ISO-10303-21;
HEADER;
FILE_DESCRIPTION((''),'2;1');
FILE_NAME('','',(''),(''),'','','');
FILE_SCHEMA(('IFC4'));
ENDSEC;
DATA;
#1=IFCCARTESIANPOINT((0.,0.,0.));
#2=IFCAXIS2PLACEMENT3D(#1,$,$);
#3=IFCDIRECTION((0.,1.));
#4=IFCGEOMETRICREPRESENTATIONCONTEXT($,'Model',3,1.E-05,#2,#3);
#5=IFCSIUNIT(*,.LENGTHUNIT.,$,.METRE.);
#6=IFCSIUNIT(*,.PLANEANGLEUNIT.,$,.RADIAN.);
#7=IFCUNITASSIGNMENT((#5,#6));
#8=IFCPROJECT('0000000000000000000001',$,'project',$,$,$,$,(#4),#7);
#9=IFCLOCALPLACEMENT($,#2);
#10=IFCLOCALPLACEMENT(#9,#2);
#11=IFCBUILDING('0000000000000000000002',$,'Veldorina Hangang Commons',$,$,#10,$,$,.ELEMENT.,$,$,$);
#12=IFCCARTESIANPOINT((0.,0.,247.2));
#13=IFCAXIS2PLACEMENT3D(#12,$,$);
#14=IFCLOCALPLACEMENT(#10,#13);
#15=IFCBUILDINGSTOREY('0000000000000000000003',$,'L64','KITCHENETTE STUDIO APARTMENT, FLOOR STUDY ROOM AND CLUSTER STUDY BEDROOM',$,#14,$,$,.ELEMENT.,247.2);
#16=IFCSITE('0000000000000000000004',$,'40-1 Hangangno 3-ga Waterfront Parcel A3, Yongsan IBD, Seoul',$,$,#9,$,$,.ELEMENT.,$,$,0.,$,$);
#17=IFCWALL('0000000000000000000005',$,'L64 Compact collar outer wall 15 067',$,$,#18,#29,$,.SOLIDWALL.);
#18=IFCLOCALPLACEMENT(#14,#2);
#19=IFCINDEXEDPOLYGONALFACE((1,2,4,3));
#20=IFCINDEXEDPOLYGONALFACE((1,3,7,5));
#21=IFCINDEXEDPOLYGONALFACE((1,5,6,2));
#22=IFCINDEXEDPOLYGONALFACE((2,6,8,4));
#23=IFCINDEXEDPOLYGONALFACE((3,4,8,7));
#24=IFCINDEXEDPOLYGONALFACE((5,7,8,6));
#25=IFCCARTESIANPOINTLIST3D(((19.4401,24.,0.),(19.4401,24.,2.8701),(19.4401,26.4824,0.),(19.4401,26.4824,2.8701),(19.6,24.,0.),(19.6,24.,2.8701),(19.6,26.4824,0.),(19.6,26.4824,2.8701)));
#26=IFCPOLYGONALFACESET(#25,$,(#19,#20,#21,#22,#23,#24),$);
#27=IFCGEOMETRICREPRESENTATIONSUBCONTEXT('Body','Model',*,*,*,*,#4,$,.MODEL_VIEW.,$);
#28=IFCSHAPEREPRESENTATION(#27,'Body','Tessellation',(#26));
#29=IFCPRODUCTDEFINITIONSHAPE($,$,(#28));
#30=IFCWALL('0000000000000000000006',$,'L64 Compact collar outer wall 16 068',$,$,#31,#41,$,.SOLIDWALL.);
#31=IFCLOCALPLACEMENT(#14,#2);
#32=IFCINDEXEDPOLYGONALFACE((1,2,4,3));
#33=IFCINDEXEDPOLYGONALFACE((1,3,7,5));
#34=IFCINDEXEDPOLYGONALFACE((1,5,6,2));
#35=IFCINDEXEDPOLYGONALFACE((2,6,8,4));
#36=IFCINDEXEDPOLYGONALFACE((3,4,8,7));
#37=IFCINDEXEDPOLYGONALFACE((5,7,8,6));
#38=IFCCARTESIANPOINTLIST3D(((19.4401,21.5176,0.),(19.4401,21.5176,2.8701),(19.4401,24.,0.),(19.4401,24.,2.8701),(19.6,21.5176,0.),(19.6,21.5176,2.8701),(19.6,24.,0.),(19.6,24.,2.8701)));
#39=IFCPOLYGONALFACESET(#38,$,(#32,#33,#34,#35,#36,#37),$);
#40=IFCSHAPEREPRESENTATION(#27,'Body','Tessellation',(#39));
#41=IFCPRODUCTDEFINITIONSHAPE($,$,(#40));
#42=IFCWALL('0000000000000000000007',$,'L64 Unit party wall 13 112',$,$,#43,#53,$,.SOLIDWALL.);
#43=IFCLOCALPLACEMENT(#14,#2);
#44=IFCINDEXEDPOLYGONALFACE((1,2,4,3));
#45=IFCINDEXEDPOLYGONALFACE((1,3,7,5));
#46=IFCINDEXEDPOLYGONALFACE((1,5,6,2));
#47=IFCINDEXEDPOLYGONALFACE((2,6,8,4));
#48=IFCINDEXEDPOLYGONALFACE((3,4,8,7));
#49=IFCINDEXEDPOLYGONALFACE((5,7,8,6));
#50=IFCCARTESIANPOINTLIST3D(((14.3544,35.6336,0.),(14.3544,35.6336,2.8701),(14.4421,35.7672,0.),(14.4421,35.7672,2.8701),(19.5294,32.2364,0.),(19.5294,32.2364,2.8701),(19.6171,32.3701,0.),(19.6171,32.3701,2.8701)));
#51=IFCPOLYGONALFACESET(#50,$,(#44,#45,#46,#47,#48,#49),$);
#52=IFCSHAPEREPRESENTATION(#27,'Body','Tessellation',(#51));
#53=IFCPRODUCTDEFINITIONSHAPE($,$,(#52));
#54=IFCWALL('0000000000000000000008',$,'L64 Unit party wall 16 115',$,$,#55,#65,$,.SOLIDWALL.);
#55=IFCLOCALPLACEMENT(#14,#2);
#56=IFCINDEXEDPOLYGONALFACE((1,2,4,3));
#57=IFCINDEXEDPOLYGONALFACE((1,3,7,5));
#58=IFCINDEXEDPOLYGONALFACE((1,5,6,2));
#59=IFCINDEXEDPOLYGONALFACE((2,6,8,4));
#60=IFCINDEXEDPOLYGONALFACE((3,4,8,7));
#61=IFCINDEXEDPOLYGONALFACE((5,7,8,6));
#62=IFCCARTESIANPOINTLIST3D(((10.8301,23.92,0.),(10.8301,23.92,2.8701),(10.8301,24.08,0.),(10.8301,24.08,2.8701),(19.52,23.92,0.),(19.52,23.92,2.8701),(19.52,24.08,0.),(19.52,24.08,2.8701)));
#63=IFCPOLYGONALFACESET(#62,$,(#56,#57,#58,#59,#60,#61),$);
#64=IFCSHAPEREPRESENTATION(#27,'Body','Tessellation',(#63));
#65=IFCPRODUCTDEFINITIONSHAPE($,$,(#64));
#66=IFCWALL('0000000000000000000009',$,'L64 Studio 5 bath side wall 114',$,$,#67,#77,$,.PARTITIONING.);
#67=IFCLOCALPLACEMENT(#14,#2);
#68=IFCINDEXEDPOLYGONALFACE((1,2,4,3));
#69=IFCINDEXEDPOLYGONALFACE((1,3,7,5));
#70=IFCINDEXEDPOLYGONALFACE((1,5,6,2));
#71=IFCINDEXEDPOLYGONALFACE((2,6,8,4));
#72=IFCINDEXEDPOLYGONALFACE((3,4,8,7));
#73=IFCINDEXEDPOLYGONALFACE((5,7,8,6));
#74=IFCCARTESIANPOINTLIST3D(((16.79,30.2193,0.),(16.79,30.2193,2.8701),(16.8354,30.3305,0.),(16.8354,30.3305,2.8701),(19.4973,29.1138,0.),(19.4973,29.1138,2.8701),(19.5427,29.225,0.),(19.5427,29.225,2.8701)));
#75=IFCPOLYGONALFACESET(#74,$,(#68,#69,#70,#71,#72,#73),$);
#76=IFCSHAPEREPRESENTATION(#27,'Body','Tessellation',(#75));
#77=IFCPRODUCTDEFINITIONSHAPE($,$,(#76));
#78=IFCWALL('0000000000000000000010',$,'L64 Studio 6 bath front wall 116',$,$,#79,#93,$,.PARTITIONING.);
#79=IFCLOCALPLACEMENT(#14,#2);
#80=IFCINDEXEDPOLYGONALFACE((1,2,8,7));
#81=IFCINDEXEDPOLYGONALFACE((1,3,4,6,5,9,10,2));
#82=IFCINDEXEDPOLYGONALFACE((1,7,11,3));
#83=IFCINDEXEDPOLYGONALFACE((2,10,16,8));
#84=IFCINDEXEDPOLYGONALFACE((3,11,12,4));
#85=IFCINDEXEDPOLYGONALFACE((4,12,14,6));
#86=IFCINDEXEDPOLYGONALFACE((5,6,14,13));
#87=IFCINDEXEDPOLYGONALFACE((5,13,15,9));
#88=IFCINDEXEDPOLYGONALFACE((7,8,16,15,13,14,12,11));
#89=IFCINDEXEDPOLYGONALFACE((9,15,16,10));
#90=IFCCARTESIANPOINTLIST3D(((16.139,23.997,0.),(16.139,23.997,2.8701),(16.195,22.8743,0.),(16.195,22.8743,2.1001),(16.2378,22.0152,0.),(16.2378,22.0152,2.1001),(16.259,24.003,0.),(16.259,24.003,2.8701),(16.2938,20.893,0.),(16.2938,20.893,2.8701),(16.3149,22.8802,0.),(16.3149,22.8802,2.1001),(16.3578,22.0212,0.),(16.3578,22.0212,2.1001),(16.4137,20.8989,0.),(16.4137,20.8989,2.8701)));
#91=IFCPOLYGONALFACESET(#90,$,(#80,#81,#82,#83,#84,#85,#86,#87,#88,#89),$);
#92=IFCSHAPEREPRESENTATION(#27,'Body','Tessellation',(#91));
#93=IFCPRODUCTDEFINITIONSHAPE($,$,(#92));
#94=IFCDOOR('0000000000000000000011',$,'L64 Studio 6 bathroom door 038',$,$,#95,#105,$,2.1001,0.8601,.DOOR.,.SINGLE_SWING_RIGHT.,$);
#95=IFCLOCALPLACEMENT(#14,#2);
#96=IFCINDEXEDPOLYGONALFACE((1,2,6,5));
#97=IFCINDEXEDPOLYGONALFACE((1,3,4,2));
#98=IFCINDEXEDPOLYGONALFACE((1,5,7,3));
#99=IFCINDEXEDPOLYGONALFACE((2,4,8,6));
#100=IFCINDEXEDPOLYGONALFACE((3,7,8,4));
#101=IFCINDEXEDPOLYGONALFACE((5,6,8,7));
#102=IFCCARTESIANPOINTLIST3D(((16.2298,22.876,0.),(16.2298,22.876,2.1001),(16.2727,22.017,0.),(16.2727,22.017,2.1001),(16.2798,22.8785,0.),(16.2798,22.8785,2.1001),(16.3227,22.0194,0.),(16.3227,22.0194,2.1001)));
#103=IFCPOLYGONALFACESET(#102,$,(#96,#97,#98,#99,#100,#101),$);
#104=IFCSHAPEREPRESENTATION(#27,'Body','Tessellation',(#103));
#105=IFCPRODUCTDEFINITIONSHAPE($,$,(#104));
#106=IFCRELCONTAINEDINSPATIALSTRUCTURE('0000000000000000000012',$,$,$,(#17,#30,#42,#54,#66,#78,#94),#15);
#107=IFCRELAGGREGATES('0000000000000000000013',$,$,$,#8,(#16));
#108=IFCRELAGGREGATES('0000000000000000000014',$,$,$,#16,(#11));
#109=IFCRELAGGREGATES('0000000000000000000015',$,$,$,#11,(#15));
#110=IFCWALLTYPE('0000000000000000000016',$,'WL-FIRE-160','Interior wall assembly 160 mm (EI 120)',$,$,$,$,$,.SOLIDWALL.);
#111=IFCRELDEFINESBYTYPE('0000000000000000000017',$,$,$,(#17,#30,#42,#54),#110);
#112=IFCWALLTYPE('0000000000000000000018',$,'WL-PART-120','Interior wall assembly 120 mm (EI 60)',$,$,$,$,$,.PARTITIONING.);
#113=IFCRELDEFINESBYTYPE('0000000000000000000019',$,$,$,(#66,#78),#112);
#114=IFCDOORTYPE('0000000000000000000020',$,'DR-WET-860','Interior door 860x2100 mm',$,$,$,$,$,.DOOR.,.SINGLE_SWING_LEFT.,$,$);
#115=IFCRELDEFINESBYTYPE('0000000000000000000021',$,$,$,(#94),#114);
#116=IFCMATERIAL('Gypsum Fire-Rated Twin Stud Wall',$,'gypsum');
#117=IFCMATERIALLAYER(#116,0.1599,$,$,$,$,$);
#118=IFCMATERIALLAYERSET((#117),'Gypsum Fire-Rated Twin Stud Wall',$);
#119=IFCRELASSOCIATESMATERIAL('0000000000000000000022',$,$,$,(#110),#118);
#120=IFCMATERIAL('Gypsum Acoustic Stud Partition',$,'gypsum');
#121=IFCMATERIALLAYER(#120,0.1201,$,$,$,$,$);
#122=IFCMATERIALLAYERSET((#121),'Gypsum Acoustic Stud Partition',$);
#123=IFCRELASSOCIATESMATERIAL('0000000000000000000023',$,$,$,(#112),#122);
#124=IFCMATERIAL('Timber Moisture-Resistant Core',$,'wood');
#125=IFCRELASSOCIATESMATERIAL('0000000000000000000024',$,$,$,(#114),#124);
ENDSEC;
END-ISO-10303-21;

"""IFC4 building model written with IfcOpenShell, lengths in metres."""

from ifc_helpers import new_model, si_unit, direction, frame, frame_2d, origin, place, context, subcontext, project, spatial, rectangle, extrude, material, layer, layer_set, type_object, element, fill, save


model = new_model("IFC4")

# Units and contexts
model_context = context("Model", 3, precision=1e-05, world=origin(), true_north=direction((0.0, 1.0)))
body_context = subcontext(model_context, "Body", "Model", "MODEL_VIEW")
ifc_project = project(units=[si_unit("LENGTHUNIT", "METRE"), si_unit("PLANEANGLEUNIT", "RADIAN")], contexts=[model_context])

# Site, building, storey
site_placement = place(None, origin())
site = spatial("IfcSite", under=ifc_project, at=site_placement, Name="40-1 Hangangno 3-ga Waterfront Parcel A3, Yongsan IBD, Seoul", CompositionType="ELEMENT", RefElevation=0.0)
building_placement = place(site_placement, origin())
building = spatial("IfcBuilding", under=site, at=building_placement, Name="Veldorina Hangang Commons", CompositionType="ELEMENT")
storey_placement = place(building_placement, frame((0.0, 0.0, 247.2)))
storey = spatial("IfcBuildingStorey", under=building, at=storey_placement, Name="L64", Description="KITCHENETTE STUDIO APARTMENT, FLOOR STUDY ROOM AND CLUSTER STUDY BEDROOM", CompositionType="ELEMENT", Elevation=247.2)

# Shared definitions
ifc_material_1 = material(Name="Gypsum Fire-Rated Twin Stud Wall", Category="gypsum")
ifc_layer_1 = layer(ifc_material_1, 0.1599)
ifc_layer_set_1 = layer_set([ifc_layer_1], Name="Gypsum Fire-Rated Twin Stud Wall")
wall_type_1 = type_object("IfcWallType", Name="WL-FIRE-160", Description="Interior wall assembly 160 mm (EI 120)", PredefinedType="SOLIDWALL", material=ifc_layer_set_1)

# Walls
for number, where, z_axis, x_axis, name in (
    (1, (19.52, 26.4824, 0.0), (0.0, 0.0, 1.0), (0.0, -1.0, 0.0), "L64 Compact collar outer wall 15 067"),
    (2, (19.52, 24.0, 0.0), (0.0, 0.0, 1.0), (0.0, -1.0, 0.0), "L64 Compact collar outer wall 16 068"),
):
    element("IfcWall", number, at=place(storey_placement, frame(where, z_axis=z_axis, x_axis=x_axis)), inside=storey, type_object=wall_type_1, Name=name, PredefinedType="SOLIDWALL", context=body_context, shape_type="SweptSolid", body=[
        extrude(rectangle(XDim=2.4824, YDim=0.1599, at=frame_2d((1.2412, 0.0))), origin(), (0.0, 0.0, 1.0), 2.8701),
    ])
wall_1_placement = place(storey_placement, frame((19.5732, 32.3032, 0.0), z_axis=(0.0, 0.0, 1.0), x_axis=(-0.835967, 0.54878, 0.0)))
element("IfcWall", 3, at=wall_1_placement, inside=storey, type_object=wall_type_1, Name="L64 Unit party wall 13 112", PredefinedType="SOLIDWALL", context=body_context, shape_type="SweptSolid", body=[
    extrude(rectangle(XDim=6.1904, YDim=0.1599, at=frame_2d((3.0952, 0.0))), origin(), (0.0, 0.0, 1.0), 2.8701),
])
wall_2_placement = place(storey_placement, frame((19.52, 24.0, 0.0), z_axis=(0.0, 0.0, 1.0), x_axis=(-1.0, 0.0, 0.0)))
element("IfcWall", 4, at=wall_2_placement, inside=storey, type_object=wall_type_1, Name="L64 Unit party wall 16 115", PredefinedType="SOLIDWALL", context=body_context, shape_type="SweptSolid", body=[
    extrude(rectangle(XDim=8.6899, YDim=0.1599, at=frame_2d((4.345, 0.0))), origin(), (0.0, 0.0, 1.0), 2.8701),
])
ifc_material_2 = material(Name="Gypsum Acoustic Stud Partition", Category="gypsum")
ifc_layer_2 = layer(ifc_material_2, 0.1201)
ifc_layer_set_2 = layer_set([ifc_layer_2], Name="Gypsum Acoustic Stud Partition")
wall_type_2 = type_object("IfcWallType", Name="WL-PART-120", Description="Interior wall assembly 120 mm (EI 60)", PredefinedType="PARTITIONING", material=ifc_layer_set_2)
wall_3_placement = place(storey_placement, frame((19.52, 29.1694, 0.0), z_axis=(0.0, 0.0, 1.0), x_axis=(-0.925793, 0.378031, 0.0)))
element("IfcWall", 5, at=wall_3_placement, inside=storey, type_object=wall_type_2, Name="L64 Studio 5 bath side wall 114", PredefinedType="PARTITIONING", context=body_context, shape_type="SweptSolid", body=[
    extrude(rectangle(XDim=2.9243, YDim=0.1201, at=frame_2d((1.4622, 0.0))), origin(), (0.0, 0.0, 1.0), 2.8701),
])

# Wall, opening, door
wall_4_placement = place(storey_placement, frame((16.199, 24.0, 0.0), z_axis=(0.0, 0.0, 1.0), x_axis=(0.049804, -0.998759, 0.0)))
wall_4 = element("IfcWall", 6, at=wall_4_placement, inside=storey, type_object=wall_type_2, Name="L64 Studio 6 bath front wall 116", PredefinedType="PARTITIONING", context=body_context, shape_type="SweptSolid", body=[
    extrude(rectangle(XDim=3.1079, YDim=0.1201, at=frame_2d((1.554, 0.0))), origin(), (0.0, 0.0, 1.0), 2.8701),
])
opening_1_placement = place(wall_4_placement, frame((1.124, 0.0, 0.0)))
opening_1 = element("IfcOpeningElement", 7, at=opening_1_placement, cuts=wall_4, PredefinedType="OPENING", context=body_context, shape_type="SweptSolid", body=[
    extrude(rectangle(XDim=0.8601, YDim=2.1001, at=frame_2d((0.4302, 1.05))), frame((0.0, 0.0701, 0.0), z_axis=(0.0, -1.0, 0.0), x_axis=(1.0, 0.0, 0.0)), (0.0, 0.0, 1.0), 0.1401),
])
ifc_material_3 = material(Name="Timber Moisture-Resistant Core", Category="wood")
door_type_1 = type_object("IfcDoorType", Name="DR-WET-860", Description="Interior door 860x2100 mm", OperationType="SINGLE_SWING_LEFT", PredefinedType="DOOR", material=ifc_material_3)
door_1_placement = place(opening_1_placement, origin())
door_1 = element("IfcDoor", 8, at=door_1_placement, inside=storey, type_object=door_type_1, Name="L64 Studio 6 bathroom door 038", OperationType="SINGLE_SWING_RIGHT", OverallHeight=2.1001, OverallWidth=0.8601, PredefinedType="DOOR", context=body_context, shape_type="SweptSolid", body=[
    extrude(rectangle(XDim=0.8601, YDim=2.1001, at=frame_2d((0.4302, 1.05))), frame((0.0, 0.0249, 0.0), z_axis=(0.0, -1.0, 0.0), x_axis=(1.0, 0.0, 0.0)), (0.0, 0.0, 1.0), 0.05),
])
fill(opening_1, door_1)

save(model, "model.ifc")
